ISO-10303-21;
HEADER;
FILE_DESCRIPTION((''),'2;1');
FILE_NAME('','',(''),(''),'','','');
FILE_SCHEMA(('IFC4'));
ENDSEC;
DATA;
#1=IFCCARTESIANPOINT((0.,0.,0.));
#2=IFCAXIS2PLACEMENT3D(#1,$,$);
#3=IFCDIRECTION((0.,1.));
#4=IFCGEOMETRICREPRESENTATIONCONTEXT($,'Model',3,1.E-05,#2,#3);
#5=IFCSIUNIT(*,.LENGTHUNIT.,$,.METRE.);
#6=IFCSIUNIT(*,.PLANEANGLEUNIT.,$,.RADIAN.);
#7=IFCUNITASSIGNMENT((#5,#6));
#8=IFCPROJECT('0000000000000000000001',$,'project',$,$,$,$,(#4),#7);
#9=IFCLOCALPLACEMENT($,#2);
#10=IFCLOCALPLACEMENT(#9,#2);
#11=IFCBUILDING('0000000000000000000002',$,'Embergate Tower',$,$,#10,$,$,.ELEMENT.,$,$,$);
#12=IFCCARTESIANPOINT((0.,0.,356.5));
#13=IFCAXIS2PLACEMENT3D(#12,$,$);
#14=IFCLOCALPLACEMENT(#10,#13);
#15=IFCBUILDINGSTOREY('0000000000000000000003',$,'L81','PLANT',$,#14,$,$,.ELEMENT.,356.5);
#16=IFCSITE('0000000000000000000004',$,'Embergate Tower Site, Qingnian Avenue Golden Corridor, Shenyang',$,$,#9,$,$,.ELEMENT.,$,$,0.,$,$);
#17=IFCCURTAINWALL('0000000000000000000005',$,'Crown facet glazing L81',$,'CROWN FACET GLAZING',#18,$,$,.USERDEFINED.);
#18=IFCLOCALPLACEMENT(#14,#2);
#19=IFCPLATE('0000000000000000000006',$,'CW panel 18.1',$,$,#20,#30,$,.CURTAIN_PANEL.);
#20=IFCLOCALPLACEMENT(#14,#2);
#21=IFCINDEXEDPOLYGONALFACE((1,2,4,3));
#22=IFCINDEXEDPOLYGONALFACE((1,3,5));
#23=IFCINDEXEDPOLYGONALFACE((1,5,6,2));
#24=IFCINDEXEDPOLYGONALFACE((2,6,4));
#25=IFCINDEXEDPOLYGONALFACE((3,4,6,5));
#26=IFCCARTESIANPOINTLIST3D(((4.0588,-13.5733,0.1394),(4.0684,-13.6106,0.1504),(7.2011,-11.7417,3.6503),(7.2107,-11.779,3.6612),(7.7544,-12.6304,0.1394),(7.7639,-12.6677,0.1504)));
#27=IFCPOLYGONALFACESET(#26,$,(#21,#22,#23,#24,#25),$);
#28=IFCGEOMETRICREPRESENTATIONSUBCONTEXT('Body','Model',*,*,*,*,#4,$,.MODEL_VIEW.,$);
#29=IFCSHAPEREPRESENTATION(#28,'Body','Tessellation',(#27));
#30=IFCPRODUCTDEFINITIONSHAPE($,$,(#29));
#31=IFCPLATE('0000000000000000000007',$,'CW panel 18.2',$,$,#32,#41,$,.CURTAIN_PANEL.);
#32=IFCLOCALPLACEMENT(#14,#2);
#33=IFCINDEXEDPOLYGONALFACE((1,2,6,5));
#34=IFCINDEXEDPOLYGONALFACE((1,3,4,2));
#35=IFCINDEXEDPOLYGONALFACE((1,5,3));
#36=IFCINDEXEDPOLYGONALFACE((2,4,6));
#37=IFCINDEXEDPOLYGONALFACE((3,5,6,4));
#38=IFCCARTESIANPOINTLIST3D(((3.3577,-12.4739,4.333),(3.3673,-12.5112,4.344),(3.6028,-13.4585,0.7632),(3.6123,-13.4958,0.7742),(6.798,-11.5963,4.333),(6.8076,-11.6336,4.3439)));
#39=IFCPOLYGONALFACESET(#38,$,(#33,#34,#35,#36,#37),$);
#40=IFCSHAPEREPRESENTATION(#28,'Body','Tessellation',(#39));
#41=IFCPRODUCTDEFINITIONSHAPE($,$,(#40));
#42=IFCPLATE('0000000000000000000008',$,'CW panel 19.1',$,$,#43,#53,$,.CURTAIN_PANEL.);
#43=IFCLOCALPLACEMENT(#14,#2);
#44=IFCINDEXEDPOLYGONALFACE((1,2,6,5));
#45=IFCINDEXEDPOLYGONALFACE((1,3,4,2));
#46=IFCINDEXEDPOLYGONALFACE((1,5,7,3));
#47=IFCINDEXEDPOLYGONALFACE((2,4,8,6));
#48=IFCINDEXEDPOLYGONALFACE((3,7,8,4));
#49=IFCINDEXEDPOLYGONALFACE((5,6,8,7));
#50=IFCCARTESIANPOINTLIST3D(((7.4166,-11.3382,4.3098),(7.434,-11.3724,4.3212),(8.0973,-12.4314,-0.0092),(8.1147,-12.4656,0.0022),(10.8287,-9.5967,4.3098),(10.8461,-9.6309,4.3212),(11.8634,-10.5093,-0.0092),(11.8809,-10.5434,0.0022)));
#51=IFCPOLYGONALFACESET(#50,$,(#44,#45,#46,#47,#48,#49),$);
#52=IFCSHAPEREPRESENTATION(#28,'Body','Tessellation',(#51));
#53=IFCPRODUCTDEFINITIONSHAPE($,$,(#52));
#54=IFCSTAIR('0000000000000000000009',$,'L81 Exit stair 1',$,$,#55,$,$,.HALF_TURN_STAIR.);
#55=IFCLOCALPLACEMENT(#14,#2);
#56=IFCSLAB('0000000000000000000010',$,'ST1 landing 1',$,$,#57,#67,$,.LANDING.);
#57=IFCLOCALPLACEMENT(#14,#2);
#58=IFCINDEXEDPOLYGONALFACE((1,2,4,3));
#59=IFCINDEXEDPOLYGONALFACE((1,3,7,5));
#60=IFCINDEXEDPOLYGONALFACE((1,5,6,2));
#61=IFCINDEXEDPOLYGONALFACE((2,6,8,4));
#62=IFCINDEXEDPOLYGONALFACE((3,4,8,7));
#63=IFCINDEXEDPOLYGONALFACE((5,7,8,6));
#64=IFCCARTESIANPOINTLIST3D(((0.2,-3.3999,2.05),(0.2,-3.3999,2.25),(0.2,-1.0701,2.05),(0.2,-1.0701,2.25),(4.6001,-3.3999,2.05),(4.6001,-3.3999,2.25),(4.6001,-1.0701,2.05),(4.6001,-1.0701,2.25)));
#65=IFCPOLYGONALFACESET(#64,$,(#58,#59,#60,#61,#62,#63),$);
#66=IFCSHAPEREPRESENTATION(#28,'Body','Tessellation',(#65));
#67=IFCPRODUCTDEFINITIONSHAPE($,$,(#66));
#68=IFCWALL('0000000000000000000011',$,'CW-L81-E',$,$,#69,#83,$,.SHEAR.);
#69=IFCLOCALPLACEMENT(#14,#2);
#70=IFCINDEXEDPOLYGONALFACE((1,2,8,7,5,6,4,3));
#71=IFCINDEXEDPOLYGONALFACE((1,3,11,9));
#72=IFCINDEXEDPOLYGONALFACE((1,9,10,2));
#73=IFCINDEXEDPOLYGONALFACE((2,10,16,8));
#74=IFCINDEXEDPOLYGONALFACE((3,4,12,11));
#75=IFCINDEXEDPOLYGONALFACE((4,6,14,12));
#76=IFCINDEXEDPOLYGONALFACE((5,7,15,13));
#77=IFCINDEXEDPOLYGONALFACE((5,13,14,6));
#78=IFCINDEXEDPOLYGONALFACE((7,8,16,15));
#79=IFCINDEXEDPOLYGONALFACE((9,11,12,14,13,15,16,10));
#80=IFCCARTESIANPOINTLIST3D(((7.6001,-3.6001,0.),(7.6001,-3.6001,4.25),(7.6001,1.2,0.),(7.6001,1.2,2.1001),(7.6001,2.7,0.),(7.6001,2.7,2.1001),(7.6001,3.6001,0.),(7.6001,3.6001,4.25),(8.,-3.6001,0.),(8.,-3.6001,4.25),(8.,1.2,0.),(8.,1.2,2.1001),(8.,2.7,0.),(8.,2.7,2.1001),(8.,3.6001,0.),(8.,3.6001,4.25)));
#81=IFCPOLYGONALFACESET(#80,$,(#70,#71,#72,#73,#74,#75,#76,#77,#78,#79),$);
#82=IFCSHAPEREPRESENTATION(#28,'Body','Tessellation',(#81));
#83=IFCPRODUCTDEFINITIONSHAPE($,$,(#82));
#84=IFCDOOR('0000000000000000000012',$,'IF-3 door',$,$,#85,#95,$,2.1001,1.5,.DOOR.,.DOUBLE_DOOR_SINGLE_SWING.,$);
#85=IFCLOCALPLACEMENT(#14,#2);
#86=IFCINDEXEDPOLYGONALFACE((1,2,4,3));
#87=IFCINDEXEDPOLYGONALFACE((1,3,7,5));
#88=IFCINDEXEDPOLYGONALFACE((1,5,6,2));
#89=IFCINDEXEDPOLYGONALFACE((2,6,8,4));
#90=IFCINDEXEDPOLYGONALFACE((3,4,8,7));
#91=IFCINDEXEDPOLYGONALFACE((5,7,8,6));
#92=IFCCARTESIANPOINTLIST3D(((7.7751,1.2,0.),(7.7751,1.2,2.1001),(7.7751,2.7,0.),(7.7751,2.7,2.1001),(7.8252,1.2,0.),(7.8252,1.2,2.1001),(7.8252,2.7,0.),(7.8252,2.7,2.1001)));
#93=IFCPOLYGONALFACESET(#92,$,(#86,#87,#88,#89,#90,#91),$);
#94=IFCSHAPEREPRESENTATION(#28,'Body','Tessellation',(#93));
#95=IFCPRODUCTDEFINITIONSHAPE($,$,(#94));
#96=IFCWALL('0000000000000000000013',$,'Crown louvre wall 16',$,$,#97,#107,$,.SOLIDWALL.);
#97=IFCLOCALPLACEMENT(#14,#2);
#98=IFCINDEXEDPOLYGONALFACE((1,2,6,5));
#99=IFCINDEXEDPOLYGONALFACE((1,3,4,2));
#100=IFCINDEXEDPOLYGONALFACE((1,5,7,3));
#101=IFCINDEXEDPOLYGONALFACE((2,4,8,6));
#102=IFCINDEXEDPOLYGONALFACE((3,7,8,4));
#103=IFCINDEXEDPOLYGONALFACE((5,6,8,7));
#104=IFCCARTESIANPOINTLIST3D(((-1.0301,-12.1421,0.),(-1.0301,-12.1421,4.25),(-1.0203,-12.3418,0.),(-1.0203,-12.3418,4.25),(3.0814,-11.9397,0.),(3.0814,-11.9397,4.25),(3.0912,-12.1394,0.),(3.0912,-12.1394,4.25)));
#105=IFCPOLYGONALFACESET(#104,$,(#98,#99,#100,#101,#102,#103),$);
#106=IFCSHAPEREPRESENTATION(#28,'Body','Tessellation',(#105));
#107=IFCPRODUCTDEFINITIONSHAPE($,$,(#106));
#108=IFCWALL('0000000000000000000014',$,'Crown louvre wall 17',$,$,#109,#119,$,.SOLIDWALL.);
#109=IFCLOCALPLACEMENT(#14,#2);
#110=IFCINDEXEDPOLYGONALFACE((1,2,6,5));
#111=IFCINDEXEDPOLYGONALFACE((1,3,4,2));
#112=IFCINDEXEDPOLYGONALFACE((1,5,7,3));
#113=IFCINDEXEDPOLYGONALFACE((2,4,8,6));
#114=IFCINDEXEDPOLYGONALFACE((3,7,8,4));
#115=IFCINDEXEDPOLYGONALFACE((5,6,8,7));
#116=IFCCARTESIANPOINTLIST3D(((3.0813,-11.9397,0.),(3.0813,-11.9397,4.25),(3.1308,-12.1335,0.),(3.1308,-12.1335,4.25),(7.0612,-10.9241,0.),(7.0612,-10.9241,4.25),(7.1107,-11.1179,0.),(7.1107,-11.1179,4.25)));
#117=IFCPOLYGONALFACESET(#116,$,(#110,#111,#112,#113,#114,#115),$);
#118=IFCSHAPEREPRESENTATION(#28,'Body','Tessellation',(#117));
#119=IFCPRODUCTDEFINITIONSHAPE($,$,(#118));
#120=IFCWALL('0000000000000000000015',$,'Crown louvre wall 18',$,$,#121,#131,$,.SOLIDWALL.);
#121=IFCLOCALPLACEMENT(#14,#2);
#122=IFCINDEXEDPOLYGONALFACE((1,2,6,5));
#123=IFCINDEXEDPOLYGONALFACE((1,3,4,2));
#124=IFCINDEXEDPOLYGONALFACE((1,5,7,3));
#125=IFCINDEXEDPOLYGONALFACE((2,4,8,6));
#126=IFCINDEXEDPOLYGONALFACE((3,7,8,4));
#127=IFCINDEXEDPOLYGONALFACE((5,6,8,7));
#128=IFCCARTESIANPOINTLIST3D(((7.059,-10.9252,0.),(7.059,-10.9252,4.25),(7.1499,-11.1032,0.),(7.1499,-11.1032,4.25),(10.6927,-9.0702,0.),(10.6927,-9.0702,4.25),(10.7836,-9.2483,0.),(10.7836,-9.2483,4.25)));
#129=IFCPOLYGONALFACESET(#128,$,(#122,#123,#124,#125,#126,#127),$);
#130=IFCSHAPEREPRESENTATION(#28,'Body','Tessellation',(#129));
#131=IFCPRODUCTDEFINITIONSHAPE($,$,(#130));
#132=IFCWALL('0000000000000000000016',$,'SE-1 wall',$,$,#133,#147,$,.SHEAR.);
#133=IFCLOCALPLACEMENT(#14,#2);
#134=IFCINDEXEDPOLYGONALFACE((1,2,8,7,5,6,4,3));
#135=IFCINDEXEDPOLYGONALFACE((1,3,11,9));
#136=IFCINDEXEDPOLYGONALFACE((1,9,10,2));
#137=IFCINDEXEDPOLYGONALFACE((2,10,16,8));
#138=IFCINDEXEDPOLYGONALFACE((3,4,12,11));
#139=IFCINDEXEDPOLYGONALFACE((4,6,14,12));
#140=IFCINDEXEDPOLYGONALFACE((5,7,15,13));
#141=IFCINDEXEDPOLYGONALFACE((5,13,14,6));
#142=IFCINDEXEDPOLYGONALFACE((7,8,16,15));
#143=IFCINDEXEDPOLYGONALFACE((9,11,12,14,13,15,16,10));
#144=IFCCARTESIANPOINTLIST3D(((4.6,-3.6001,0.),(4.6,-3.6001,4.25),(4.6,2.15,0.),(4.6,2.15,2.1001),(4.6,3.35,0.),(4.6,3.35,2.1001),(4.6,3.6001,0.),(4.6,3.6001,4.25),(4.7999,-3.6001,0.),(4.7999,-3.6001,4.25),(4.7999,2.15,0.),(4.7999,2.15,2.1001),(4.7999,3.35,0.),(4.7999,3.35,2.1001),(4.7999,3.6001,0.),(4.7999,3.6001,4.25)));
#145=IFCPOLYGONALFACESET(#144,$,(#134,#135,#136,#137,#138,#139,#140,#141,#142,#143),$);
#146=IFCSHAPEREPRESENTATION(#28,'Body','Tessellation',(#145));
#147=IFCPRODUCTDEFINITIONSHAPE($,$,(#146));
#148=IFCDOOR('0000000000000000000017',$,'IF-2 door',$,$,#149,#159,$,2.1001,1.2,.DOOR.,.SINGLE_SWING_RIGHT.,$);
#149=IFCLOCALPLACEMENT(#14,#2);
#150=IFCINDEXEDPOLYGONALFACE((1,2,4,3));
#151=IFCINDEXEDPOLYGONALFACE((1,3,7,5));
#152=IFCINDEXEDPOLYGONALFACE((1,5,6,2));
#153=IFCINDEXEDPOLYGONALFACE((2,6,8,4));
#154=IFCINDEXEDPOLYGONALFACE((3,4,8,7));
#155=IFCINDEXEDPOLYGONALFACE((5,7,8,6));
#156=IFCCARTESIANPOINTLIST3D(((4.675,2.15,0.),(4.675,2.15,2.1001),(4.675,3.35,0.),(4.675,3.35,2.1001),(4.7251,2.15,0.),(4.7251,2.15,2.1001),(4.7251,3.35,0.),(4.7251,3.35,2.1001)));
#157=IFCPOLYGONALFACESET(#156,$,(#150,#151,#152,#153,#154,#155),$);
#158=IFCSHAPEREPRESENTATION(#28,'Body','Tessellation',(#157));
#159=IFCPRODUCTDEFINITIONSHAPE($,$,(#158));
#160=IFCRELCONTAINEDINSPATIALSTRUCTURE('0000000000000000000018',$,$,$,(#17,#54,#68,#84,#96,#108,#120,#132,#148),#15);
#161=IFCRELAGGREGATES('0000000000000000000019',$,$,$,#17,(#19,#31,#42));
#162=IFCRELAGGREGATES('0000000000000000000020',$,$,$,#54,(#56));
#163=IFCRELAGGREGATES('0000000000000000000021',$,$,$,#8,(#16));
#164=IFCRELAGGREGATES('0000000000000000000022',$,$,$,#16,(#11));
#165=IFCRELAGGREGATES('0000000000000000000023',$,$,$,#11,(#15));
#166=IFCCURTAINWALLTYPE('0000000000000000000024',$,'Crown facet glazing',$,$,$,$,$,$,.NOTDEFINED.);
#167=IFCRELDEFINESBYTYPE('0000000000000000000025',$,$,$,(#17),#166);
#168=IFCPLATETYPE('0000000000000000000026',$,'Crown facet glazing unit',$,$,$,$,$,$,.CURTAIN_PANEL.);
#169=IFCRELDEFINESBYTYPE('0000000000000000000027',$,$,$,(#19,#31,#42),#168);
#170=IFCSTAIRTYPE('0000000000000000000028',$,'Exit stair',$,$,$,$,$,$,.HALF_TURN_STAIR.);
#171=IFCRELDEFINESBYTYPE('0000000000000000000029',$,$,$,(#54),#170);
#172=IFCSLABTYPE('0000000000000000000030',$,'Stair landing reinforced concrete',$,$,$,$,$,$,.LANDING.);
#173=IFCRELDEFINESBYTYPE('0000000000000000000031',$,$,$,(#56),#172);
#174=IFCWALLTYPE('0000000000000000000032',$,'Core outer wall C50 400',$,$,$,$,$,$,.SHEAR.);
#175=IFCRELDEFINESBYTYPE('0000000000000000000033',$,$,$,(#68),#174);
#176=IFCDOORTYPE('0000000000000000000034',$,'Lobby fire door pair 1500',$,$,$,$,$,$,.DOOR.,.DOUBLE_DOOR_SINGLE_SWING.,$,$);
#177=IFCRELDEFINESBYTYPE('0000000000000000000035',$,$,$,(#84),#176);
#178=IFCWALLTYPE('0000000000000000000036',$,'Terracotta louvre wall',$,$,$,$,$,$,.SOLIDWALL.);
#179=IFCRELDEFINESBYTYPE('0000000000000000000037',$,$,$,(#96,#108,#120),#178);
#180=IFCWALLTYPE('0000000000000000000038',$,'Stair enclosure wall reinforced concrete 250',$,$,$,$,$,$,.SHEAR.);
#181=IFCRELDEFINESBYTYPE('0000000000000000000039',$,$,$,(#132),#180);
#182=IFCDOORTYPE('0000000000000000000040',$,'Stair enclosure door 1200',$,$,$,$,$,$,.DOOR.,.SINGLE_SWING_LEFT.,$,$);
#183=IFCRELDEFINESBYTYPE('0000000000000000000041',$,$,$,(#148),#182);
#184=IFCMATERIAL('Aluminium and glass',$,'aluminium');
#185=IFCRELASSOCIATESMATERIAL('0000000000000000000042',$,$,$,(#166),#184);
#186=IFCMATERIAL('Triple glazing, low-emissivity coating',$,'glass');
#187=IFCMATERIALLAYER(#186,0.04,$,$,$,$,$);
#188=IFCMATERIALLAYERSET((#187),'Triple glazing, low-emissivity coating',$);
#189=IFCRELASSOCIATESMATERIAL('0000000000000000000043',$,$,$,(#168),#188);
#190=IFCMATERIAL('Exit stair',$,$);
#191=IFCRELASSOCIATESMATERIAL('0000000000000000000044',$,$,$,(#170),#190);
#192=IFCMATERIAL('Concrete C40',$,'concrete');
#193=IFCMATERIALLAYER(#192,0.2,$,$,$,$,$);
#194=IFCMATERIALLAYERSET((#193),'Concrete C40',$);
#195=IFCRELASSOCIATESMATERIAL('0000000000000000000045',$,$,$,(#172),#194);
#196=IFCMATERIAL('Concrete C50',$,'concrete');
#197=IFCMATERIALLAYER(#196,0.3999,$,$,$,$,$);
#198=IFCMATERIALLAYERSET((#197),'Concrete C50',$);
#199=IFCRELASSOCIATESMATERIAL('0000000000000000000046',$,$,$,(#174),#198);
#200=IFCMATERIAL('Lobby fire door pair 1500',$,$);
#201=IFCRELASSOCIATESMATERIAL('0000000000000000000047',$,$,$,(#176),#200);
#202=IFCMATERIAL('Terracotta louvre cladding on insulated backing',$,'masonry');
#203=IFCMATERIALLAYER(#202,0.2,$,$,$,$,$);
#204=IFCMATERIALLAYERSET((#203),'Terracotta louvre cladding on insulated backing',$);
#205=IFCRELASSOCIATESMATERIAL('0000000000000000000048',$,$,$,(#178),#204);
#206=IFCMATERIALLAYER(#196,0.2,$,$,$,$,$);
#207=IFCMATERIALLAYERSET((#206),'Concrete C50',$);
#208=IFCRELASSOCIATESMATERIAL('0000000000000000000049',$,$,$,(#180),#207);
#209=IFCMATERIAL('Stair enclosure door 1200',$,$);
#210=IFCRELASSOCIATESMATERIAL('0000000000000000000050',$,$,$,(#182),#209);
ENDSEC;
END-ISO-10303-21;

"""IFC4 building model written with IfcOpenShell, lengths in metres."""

from ifc_helpers import new_model, si_unit, direction, frame, frame_2d, origin, place, context, subcontext, project, spatial, polyline, rectangle, outline, extrude, source, transform, mapped, material, layer, layer_set, type_object, element, fill, aggregate, save


model = new_model("IFC4")

# Units and contexts
model_context = context("Model", 3, precision=1e-05, world=origin(), true_north=direction((0.0, 1.0)))
body_context = subcontext(model_context, "Body", "Model", "MODEL_VIEW")
ifc_project = project(units=[si_unit("LENGTHUNIT", "METRE"), si_unit("PLANEANGLEUNIT", "RADIAN")], contexts=[model_context])

# Site, building, storey
site_placement = place(None, origin())
site = spatial("IfcSite", under=ifc_project, at=site_placement, Name="Embergate Tower Site, Qingnian Avenue Golden Corridor, Shenyang", CompositionType="ELEMENT", RefElevation=0.0)
building_placement = place(site_placement, origin())
building = spatial("IfcBuilding", under=site, at=building_placement, Name="Embergate Tower", CompositionType="ELEMENT")
storey_placement = place(building_placement, frame((0.0, 0.0, 356.5)))
storey = spatial("IfcBuildingStorey", under=building, at=storey_placement, Name="L81", Description="PLANT", CompositionType="ELEMENT", Elevation=356.5)

# Curtain wall, plates
ifc_material_1 = material(Name="Aluminium and glass", Category="aluminium")
curtain_wall_type = type_object("IfcCurtainWallType", Name="Crown facet glazing", PredefinedType="NOTDEFINED", material=ifc_material_1)
curtain_wall_placement = place(storey_placement, origin())
curtain_wall = element("IfcCurtainWall", 1, at=curtain_wall_placement, inside=storey, type_object=curtain_wall_type, Name="Crown facet glazing L81", ObjectType="CROWN FACET GLAZING", PredefinedType="USERDEFINED")
ifc_material_2 = material(Name="Triple glazing, low-emissivity coating", Category="glass")
ifc_layer_1 = layer(ifc_material_2, 0.04)
ifc_layer_set_1 = layer_set([ifc_layer_1], Name="Triple glazing, low-emissivity coating")
plate_type = type_object("IfcPlateType", Name="Crown facet glazing unit", PredefinedType="CURTAIN_PANEL", material=ifc_layer_set_1)
shared_shape_1 = source(origin(), body_context, "Body", "SweptSolid", [
    extrude(outline(polyline([(0.0, 0.0), (3.814, 0.0), (3.4976, 3.6499), (0.0, 0.0)])), origin(), (0.0, 0.0, -1.0), 0.04),
])
plate_1_placement = place(storey_placement, frame((4.0684, -13.6106, 0.1504), z_axis=(0.237798, -0.932043, 0.2734), x_axis=(0.96896, 0.247217, 0.0)))
plate_1 = element("IfcPlate", 2, at=plate_1_placement, type_object=plate_type, Name="CW panel 18.1", PredefinedType="CURTAIN_PANEL", context=body_context, shape_type="MappedRepresentation", body=[
    mapped(shared_shape_1, transform((0.0, 0.0, 0.0))),
])
shared_shape_2 = source(origin(), body_context, "Body", "SweptSolid", [
    extrude(outline(polyline([(0.0, 0.0), (5.1401, 0.0), (2.6836, 2.5635), (0.0, 0.0)])), origin(), (0.0, 0.0, -1.0), 0.04),
])
plate_2_placement = place(storey_placement, frame((3.6123, -13.4958, 0.7742), z_axis=(0.237774, -0.932049, 0.273402), x_axis=(0.62163, 0.362301, 0.694489)))
plate_2 = element("IfcPlate", 3, at=plate_2_placement, type_object=plate_type, Name="CW panel 18.2", PredefinedType="CURTAIN_PANEL", context=body_context, shape_type="MappedRepresentation", body=[
    mapped(shared_shape_2, transform((0.0, 0.0, 0.0))),
])
shared_shape_3 = source(origin(), body_context, "Body", "SweptSolid", [
    extrude(outline(polyline([(0.0, 0.0), (4.2283, 0.0), (3.7214, 4.5056), (-0.1094, 4.5056), (0.0, 0.0)])), origin(), (0.0, 0.0, -1.0), 0.04),
])
plate_3_placement = place(storey_placement, frame((8.1147, -12.4656, 0.0022), z_axis=(0.435765, -0.853815, 0.284795), x_axis=(0.890701, 0.45459, 0.0)))
plate_3 = element("IfcPlate", 4, at=plate_3_placement, type_object=plate_type, Name="CW panel 19.1", PredefinedType="CURTAIN_PANEL", context=body_context, shape_type="MappedRepresentation", body=[
    mapped(shared_shape_3, transform((0.0, 0.0, 0.0))),
])
aggregate(curtain_wall, [plate_1, plate_2, plate_3])

# Stair, slab
ifc_material_3 = material(Name="Exit stair")
stair_type = type_object("IfcStairType", Name="Exit stair", PredefinedType="HALF_TURN_STAIR", material=ifc_material_3)
stair_placement = place(storey_placement, origin())
stair = element("IfcStair", 5, at=stair_placement, inside=storey, type_object=stair_type, Name="L81 Exit stair 1", PredefinedType="HALF_TURN_STAIR")
ifc_material_4 = material(Name="Concrete C40", Category="concrete")
ifc_layer_2 = layer(ifc_material_4, 0.2)
ifc_layer_set_2 = layer_set([ifc_layer_2], Name="Concrete C40")
slab_type = type_object("IfcSlabType", Name="Stair landing reinforced concrete", PredefinedType="LANDING", material=ifc_layer_set_2)
shared_shape_4 = source(origin(), body_context, "Body", "SweptSolid", [
    extrude(outline(polyline([(0.0, 0.0), (4.4001, 0.0), (4.4001, 2.3298), (0.0, 2.3298), (0.0, 0.0)])), origin(), (0.0, 0.0, 1.0), 0.2),
])
slab_placement = place(storey_placement, frame((0.2, -3.3999, 2.05)))
slab = element("IfcSlab", 6, at=slab_placement, type_object=slab_type, Name="ST1 landing 1", PredefinedType="LANDING", context=body_context, shape_type="MappedRepresentation", body=[
    mapped(shared_shape_4, transform((0.0, 0.0, 0.0))),
])

# Wall, opening, door
ifc_material_5 = material(Name="Concrete C50", Category="concrete")
ifc_layer_3 = layer(ifc_material_5, 0.3999)
ifc_layer_set_3 = layer_set([ifc_layer_3], Name="Concrete C50")
wall_type_1 = type_object("IfcWallType", Name="Core outer wall C50 400", PredefinedType="SHEAR", material=ifc_layer_set_3)
shared_shape_5 = source(origin(), body_context, "Body", "SweptSolid", [
    extrude(rectangle(XDim=7.2002, YDim=0.3999, at=frame_2d((3.6001, 0.0))), origin(), (0.0, 0.0, 1.0), 4.25),
])
wall_1_placement = place(storey_placement, frame((7.8, -3.6001, 0.0), z_axis=(0.0, 0.0, 1.0), x_axis=(0.0, 1.0, 0.0)))
wall_1 = element("IfcWall", 7, at=wall_1_placement, inside=storey, type_object=wall_type_1, Name="CW-L81-E", PredefinedType="SHEAR", context=body_context, shape_type="MappedRepresentation", body=[
    mapped(shared_shape_5, transform((0.0, 0.0, 0.0))),
])
shared_shape_6 = source(origin(), body_context, "Body", "SweptSolid", [
    extrude(rectangle(XDim=1.5, YDim=2.1001, at=frame_2d((0.75, 1.05))), frame((0.0, 0.21, 0.0), z_axis=(0.0, -1.0, 0.0), x_axis=(1.0, 0.0, 0.0)), (0.0, 0.0, 1.0), 0.4199),
])
opening_1_placement = place(wall_1_placement, frame((4.8, 0.0, 0.0)))
opening_1 = element("IfcOpeningElement", 8, at=opening_1_placement, cuts=wall_1, PredefinedType="OPENING", context=body_context, shape_type="MappedRepresentation", body=[
    mapped(shared_shape_6, transform((0.0, 0.0, 0.0))),
])
ifc_material_6 = material(Name="Lobby fire door pair 1500")
door_type_1 = type_object("IfcDoorType", Name="Lobby fire door pair 1500", OperationType="DOUBLE_DOOR_SINGLE_SWING", PredefinedType="DOOR", material=ifc_material_6)
shared_shape_7 = source(origin(), body_context, "Body", "SweptSolid", [
    extrude(rectangle(XDim=1.5, YDim=2.1001, at=frame_2d((0.75, 1.05))), frame((0.0, 0.0249, 0.0), z_axis=(0.0, -1.0, 0.0), x_axis=(1.0, 0.0, 0.0)), (0.0, 0.0, 1.0), 0.05),
])
door_1_placement = place(opening_1_placement, origin())
door_1 = element("IfcDoor", 9, at=door_1_placement, inside=storey, type_object=door_type_1, Name="IF-3 door", OperationType="DOUBLE_DOOR_SINGLE_SWING", OverallHeight=2.1001, OverallWidth=1.5, PredefinedType="DOOR", context=body_context, shape_type="MappedRepresentation", body=[
    mapped(shared_shape_7, transform((0.0, 0.0, 0.0))),
])
fill(opening_1, door_1)

# Walls
ifc_material_7 = material(Name="Terracotta louvre cladding on insulated backing", Category="masonry")
ifc_layer_4 = layer(ifc_material_7, 0.2)
ifc_layer_set_4 = layer_set([ifc_layer_4], Name="Terracotta louvre cladding on insulated backing")
wall_type_2 = type_object("IfcWallType", Name="Terracotta louvre wall", PredefinedType="SOLIDWALL", material=ifc_layer_set_4)
shared_shape_8 = source(origin(), body_context, "Body", "SweptSolid", [
    extrude(rectangle(XDim=4.1165, YDim=0.2, at=frame_2d((2.0581, 0.0))), origin(), (0.0, 0.0, 1.0), 4.25),
])
wall_2_placement = place(storey_placement, frame((3.0862, -12.0396, 0.0), z_axis=(0.0, 0.0, 1.0), x_axis=(-0.998791, -0.049166, 0.0)))
element("IfcWall", 10, at=wall_2_placement, inside=storey, type_object=wall_type_2, Name="Crown louvre wall 16", PredefinedType="SOLIDWALL", context=body_context, shape_type="MappedRepresentation", body=[
    mapped(shared_shape_8, transform((0.0, 0.0, 0.0))),
])
shared_shape_9 = source(origin(), body_context, "Body", "SweptSolid", [
    extrude(rectangle(XDim=4.1074, YDim=0.2, at=frame_2d((2.0537, 0.0))), origin(), (0.0, 0.0, 1.0), 4.25),
])
wall_3_placement = place(storey_placement, frame((7.0859, -11.021, 0.0), z_axis=(0.0, 0.0, 1.0), x_axis=(-0.968949, -0.24726, 0.0)))
element("IfcWall", 11, at=wall_3_placement, inside=storey, type_object=wall_type_2, Name="Crown louvre wall 17", PredefinedType="SOLIDWALL", context=body_context, shape_type="MappedRepresentation", body=[
    mapped(shared_shape_9, transform((0.0, 0.0, 0.0))),
])
shared_shape_10 = source(origin(), body_context, "Body", "SweptSolid", [
    extrude(rectangle(XDim=4.0798, YDim=0.2, at=frame_2d((2.04, 0.0))), origin(), (0.0, 0.0, 1.0), 4.25),
])
wall_4_placement = place(storey_placement, frame((10.7383, -9.1592, 0.0), z_axis=(0.0, 0.0, 1.0), x_axis=(-0.890662, -0.454666, 0.0)))
element("IfcWall", 12, at=wall_4_placement, inside=storey, type_object=wall_type_2, Name="Crown louvre wall 18", PredefinedType="SOLIDWALL", context=body_context, shape_type="MappedRepresentation", body=[
    mapped(shared_shape_10, transform((0.0, 0.0, 0.0))),
])

# Wall, opening, door
ifc_layer_5 = layer(ifc_material_5, 0.2)
ifc_layer_set_5 = layer_set([ifc_layer_5], Name="Concrete C50")
wall_type_3 = type_object("IfcWallType", Name="Stair enclosure wall reinforced concrete 250", PredefinedType="SHEAR", material=ifc_layer_set_5)
shared_shape_11 = source(origin(), body_context, "Body", "SweptSolid", [
    extrude(rectangle(XDim=7.2002, YDim=0.2, at=frame_2d((3.6001, 0.0))), origin(), (0.0, 0.0, 1.0), 4.25),
])
wall_5_placement = place(storey_placement, frame((4.7, -3.6001, 0.0), z_axis=(0.0, 0.0, 1.0), x_axis=(0.0, 1.0, 0.0)))
wall_5 = element("IfcWall", 13, at=wall_5_placement, inside=storey, type_object=wall_type_3, Name="SE-1 wall", PredefinedType="SHEAR", context=body_context, shape_type="MappedRepresentation", body=[
    mapped(shared_shape_11, transform((0.0, 0.0, 0.0))),
])
shared_shape_12 = source(origin(), body_context, "Body", "SweptSolid", [
    extrude(rectangle(XDim=1.2, YDim=2.1001, at=frame_2d((0.6001, 1.05))), frame((0.0, 0.1099, 0.0), z_axis=(0.0, -1.0, 0.0), x_axis=(1.0, 0.0, 0.0)), (0.0, 0.0, 1.0), 0.22),
])
opening_2_placement = place(wall_5_placement, frame((5.75, 0.0, 0.0)))
opening_2 = element("IfcOpeningElement", 14, at=opening_2_placement, cuts=wall_5, PredefinedType="OPENING", context=body_context, shape_type="MappedRepresentation", body=[
    mapped(shared_shape_12, transform((0.0, 0.0, 0.0))),
])
ifc_material_8 = material(Name="Stair enclosure door 1200")
door_type_2 = type_object("IfcDoorType", Name="Stair enclosure door 1200", OperationType="SINGLE_SWING_LEFT", PredefinedType="DOOR", material=ifc_material_8)
shared_shape_13 = source(origin(), body_context, "Body", "SweptSolid", [
    extrude(rectangle(XDim=1.2, YDim=2.1001, at=frame_2d((0.6001, 1.05))), frame((0.0, 0.0249, 0.0), z_axis=(0.0, -1.0, 0.0), x_axis=(1.0, 0.0, 0.0)), (0.0, 0.0, 1.0), 0.05),
])
door_2_placement = place(opening_2_placement, origin())
door_2 = element("IfcDoor", 15, at=door_2_placement, inside=storey, type_object=door_type_2, Name="IF-2 door", OperationType="SINGLE_SWING_RIGHT", OverallHeight=2.1001, OverallWidth=1.2, PredefinedType="DOOR", context=body_context, shape_type="MappedRepresentation", body=[
    mapped(shared_shape_13, transform((0.0, 0.0, 0.0))),
])
fill(opening_2, door_2)

aggregate(stair, [slab])

save(model, "model.ifc")
